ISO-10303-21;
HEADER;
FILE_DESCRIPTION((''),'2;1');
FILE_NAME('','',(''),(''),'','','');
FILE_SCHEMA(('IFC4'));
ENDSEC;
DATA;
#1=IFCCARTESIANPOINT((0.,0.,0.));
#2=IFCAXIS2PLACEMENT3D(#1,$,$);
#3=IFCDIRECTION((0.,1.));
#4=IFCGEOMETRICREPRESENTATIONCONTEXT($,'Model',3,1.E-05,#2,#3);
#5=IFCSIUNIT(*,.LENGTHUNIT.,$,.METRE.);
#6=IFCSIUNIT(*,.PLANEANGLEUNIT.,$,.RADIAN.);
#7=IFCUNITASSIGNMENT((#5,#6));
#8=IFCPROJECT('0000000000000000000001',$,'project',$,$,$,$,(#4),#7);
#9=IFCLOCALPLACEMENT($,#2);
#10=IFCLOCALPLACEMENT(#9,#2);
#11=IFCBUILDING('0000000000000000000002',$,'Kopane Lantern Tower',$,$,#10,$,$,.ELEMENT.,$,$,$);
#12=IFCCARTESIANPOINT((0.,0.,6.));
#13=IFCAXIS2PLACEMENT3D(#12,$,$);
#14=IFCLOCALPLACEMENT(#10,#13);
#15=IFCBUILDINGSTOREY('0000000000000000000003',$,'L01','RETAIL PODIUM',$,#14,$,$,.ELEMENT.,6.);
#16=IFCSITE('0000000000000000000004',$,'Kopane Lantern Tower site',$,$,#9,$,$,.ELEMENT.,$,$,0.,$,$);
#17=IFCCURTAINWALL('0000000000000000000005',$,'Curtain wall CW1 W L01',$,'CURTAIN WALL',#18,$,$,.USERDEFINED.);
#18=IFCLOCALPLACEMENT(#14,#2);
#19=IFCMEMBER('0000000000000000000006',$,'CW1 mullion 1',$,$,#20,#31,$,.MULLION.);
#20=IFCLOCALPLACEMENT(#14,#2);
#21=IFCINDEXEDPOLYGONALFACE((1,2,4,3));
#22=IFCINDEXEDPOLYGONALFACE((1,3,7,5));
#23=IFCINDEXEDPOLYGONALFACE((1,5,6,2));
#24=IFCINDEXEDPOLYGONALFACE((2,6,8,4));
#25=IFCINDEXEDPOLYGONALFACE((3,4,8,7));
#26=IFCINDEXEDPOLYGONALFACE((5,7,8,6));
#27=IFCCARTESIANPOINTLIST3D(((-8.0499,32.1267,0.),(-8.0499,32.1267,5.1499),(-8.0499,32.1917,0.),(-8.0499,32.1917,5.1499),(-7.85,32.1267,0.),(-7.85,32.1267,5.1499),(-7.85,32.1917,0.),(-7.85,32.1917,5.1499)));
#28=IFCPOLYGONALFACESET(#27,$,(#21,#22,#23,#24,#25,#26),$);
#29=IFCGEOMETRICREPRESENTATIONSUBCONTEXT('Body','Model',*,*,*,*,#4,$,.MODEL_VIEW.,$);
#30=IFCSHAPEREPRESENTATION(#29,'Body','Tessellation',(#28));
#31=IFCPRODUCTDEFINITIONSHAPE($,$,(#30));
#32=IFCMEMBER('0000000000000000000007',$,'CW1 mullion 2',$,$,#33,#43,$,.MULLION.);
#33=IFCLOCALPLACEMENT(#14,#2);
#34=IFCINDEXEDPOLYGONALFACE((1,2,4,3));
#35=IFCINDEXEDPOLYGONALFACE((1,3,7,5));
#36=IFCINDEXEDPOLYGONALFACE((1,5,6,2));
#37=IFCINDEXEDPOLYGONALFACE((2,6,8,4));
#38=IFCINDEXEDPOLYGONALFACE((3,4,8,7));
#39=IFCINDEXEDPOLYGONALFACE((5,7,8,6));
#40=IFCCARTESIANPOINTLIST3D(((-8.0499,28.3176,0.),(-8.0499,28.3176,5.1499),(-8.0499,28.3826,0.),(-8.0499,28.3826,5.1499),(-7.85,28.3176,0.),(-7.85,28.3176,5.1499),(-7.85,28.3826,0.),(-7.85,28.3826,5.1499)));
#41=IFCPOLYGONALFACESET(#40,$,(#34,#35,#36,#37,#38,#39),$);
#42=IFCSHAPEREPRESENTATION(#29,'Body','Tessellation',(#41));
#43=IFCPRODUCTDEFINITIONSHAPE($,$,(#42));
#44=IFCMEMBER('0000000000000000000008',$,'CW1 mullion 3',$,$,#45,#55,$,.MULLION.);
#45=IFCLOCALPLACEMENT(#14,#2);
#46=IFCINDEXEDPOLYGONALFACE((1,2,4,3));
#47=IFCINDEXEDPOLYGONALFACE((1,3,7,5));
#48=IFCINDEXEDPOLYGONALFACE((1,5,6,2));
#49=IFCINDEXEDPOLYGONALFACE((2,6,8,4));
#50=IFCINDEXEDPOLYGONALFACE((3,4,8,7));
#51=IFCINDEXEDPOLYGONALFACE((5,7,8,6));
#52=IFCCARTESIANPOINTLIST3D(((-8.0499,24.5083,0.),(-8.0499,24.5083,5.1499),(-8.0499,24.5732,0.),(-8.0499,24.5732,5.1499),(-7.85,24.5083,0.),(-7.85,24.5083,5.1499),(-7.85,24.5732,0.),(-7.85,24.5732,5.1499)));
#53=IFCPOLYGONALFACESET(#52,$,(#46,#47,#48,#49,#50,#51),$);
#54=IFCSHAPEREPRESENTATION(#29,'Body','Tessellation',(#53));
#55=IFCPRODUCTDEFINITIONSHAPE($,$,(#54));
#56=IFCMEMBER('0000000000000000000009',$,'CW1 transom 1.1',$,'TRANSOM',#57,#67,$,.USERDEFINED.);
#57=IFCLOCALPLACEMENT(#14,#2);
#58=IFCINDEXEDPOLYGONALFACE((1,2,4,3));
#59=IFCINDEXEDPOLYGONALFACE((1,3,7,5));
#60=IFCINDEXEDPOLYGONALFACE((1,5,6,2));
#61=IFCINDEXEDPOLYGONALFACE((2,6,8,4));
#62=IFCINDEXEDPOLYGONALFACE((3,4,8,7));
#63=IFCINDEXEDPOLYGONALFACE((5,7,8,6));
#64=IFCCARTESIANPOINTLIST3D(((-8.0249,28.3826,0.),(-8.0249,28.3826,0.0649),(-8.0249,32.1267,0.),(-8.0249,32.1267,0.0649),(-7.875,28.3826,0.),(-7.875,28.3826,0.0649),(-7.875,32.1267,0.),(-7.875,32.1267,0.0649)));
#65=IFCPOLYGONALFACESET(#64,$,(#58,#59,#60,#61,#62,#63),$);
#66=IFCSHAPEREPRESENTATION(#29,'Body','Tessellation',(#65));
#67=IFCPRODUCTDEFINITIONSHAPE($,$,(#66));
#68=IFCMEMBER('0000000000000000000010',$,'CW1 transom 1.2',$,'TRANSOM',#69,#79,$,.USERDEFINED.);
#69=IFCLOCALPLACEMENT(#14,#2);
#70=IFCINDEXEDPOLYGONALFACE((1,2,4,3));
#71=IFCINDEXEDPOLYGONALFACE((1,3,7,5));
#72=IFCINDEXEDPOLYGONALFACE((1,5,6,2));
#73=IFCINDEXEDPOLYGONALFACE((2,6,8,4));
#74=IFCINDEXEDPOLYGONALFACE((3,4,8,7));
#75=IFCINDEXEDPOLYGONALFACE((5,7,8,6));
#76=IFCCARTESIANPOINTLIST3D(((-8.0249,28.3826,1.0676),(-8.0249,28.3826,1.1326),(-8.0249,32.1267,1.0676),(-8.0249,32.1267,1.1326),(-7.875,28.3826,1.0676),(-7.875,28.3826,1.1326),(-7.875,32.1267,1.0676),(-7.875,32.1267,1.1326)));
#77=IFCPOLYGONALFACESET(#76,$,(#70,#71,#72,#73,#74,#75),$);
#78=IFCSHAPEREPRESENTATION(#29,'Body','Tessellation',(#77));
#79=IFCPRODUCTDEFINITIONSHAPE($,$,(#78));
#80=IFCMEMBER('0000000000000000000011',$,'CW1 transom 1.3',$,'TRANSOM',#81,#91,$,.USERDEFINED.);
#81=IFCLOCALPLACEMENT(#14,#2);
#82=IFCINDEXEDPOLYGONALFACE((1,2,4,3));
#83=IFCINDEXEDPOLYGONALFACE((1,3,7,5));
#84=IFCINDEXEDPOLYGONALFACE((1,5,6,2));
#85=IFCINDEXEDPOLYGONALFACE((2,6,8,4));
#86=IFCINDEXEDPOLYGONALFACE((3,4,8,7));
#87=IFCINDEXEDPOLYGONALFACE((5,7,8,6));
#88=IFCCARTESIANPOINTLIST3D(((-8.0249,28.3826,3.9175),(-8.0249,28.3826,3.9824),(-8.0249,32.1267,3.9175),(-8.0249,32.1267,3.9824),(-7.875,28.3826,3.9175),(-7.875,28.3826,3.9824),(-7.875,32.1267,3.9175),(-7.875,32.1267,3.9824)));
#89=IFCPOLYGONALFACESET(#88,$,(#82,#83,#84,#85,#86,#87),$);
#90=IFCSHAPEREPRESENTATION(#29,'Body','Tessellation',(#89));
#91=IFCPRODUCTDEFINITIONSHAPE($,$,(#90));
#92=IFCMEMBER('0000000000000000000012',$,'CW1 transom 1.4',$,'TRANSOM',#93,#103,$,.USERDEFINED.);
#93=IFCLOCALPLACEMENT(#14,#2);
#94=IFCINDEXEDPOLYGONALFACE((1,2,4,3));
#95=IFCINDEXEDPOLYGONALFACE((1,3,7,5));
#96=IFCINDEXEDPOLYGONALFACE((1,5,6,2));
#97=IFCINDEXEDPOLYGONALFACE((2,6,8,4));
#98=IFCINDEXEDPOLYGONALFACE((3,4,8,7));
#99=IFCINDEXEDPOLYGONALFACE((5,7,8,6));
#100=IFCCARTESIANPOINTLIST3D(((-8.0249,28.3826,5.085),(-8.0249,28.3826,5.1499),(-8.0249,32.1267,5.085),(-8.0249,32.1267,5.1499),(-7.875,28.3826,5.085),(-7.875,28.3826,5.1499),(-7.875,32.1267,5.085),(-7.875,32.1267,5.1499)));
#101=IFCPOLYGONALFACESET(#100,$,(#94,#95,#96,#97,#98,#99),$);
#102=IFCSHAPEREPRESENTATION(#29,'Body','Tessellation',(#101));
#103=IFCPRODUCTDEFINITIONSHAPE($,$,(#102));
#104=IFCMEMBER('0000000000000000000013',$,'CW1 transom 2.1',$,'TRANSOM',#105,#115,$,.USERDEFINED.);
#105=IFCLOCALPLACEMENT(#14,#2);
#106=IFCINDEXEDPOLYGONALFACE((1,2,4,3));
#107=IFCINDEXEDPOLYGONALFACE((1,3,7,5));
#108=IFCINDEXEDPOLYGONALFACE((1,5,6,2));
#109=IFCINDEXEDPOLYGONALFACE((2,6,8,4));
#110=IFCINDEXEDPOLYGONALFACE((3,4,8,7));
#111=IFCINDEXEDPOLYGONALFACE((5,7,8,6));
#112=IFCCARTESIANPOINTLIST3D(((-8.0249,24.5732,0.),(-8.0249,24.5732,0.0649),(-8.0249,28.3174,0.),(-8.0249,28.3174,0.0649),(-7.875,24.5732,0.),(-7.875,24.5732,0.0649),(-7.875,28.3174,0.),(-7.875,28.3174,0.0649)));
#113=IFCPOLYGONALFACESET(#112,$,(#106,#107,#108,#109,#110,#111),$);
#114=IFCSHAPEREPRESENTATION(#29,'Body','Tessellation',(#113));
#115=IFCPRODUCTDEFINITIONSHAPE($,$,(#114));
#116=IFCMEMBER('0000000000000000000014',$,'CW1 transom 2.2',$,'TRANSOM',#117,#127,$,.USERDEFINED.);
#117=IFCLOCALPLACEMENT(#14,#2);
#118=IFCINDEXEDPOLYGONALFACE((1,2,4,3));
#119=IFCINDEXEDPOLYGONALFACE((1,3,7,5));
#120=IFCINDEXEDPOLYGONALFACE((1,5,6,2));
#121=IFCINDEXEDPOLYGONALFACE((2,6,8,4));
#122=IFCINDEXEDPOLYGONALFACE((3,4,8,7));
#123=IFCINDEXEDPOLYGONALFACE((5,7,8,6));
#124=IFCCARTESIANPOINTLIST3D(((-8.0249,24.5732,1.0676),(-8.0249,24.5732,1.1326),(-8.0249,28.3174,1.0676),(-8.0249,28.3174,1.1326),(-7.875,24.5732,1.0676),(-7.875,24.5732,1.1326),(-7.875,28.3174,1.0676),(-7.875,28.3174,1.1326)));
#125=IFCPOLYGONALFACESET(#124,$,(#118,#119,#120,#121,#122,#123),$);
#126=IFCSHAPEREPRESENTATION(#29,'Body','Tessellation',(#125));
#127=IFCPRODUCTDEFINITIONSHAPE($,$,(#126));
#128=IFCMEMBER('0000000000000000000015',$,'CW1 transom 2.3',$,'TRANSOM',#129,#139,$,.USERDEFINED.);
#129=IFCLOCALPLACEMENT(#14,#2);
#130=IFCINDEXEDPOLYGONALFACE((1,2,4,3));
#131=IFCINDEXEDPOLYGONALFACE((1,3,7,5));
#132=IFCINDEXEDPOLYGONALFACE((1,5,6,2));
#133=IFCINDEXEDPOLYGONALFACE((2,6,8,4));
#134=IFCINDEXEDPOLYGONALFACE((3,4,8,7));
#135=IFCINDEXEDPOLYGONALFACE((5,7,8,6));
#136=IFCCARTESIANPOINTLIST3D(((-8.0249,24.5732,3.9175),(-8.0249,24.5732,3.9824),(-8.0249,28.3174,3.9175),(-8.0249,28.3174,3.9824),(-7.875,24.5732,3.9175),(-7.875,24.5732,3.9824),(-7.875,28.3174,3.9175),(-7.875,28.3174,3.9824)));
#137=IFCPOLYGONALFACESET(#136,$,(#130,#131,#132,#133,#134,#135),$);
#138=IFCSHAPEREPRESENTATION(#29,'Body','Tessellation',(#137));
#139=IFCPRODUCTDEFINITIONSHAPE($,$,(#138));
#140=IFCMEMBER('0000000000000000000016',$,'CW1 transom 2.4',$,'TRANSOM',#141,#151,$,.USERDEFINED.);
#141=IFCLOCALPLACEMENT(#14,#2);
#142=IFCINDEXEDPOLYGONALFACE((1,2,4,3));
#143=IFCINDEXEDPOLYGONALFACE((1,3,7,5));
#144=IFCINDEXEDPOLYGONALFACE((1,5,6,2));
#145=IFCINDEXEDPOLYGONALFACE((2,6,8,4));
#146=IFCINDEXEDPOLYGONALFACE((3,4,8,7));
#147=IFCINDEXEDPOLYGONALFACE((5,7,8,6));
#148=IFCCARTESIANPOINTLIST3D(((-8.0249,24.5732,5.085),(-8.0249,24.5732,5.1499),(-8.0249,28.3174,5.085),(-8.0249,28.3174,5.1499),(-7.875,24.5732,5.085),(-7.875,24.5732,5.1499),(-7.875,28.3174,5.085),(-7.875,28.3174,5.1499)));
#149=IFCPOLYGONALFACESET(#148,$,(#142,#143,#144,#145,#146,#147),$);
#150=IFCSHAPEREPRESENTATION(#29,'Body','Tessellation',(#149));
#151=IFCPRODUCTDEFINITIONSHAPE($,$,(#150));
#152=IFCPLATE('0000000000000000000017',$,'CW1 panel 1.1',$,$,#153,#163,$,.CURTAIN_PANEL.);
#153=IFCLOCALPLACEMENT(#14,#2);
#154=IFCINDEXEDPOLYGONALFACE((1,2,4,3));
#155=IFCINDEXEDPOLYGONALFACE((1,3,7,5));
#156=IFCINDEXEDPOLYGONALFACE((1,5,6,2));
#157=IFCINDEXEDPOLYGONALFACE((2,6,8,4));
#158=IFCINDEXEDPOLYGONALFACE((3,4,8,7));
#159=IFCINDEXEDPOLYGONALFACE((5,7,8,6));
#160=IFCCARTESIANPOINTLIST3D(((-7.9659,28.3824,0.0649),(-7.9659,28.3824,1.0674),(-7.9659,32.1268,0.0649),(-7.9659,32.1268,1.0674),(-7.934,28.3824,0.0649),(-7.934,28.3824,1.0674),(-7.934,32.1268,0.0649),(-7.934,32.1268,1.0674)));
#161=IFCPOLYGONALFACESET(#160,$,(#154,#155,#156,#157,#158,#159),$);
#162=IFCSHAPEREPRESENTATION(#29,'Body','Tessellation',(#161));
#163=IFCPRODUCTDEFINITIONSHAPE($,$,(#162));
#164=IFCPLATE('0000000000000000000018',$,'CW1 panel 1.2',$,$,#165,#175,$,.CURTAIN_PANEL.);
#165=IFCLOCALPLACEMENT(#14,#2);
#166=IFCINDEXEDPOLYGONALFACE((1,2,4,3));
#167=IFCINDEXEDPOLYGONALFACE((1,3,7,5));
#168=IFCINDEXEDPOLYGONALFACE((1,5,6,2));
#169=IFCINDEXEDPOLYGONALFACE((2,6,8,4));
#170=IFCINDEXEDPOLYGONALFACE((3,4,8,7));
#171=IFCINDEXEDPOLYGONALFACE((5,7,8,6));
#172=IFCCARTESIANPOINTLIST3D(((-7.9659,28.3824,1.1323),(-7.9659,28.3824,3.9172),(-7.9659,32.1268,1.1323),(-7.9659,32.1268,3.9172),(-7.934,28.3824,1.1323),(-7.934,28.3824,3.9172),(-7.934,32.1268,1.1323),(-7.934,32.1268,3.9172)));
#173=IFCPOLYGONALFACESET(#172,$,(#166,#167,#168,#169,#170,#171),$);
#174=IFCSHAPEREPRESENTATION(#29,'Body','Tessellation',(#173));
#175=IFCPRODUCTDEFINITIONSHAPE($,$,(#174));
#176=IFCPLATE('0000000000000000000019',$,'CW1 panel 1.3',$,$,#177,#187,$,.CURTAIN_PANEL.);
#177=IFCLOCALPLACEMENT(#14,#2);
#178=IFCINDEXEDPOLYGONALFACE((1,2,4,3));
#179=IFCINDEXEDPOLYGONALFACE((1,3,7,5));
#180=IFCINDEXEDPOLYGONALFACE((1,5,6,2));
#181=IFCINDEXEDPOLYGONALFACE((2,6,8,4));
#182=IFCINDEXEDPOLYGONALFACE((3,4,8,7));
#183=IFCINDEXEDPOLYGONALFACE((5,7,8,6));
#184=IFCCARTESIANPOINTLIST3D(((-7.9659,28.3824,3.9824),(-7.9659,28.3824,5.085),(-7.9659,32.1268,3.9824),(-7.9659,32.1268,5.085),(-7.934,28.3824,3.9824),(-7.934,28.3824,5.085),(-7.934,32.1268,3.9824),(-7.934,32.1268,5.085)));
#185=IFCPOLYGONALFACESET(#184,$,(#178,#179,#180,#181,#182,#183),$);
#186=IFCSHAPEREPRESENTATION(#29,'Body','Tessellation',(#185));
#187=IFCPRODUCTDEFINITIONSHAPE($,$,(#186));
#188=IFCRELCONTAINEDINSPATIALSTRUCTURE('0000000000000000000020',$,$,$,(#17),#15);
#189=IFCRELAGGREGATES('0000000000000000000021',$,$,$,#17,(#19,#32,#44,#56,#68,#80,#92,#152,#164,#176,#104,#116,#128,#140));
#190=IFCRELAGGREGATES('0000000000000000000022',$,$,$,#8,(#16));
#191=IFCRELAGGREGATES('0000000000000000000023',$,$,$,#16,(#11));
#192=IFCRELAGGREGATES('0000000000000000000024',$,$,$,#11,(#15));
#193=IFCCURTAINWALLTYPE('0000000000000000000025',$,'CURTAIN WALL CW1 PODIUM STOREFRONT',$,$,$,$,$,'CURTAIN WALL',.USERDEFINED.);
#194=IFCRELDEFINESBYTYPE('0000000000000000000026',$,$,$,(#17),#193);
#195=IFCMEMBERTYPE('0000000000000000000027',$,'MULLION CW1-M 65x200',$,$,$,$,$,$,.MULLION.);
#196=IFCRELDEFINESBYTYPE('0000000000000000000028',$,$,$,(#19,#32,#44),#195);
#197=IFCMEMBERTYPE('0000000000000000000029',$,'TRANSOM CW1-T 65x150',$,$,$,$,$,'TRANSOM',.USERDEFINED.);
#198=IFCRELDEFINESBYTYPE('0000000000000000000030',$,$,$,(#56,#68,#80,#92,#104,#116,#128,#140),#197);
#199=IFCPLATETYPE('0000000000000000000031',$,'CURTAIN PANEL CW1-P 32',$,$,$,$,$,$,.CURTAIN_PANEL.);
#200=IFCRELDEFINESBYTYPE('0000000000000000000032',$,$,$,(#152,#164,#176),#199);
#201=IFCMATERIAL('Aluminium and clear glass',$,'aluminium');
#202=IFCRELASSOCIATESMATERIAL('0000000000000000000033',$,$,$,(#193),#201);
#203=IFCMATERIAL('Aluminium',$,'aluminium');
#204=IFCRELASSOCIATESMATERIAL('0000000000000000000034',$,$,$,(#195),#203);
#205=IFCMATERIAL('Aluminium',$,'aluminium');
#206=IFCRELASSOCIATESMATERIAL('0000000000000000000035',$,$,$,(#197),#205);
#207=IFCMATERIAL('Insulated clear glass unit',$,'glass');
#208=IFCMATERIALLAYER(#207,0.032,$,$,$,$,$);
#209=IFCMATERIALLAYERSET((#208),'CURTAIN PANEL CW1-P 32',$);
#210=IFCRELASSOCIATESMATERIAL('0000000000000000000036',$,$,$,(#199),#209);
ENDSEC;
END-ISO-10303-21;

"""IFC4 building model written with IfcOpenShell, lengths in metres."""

from ifc_helpers import new_model, si_unit, direction, frame, origin, origin_2d, place, context, subcontext, project, spatial, rectangle, extrude, material, layer, layer_set, material_profile, profile_set, type_object, element, aggregate, save


model = new_model("IFC4")

# Units and contexts
model_context = context("Model", 3, precision=1e-05, world=origin(), true_north=direction((0.0, 1.0)))
body_context = subcontext(model_context, "Body", "Model", "MODEL_VIEW")
ifc_project = project(units=[si_unit("LENGTHUNIT", "METRE"), si_unit("PLANEANGLEUNIT", "RADIAN")], contexts=[model_context])

# Site, building, storey
site_placement = place(None, origin())
site = spatial("IfcSite", under=ifc_project, at=site_placement, Name="Kopane Lantern Tower site", CompositionType="ELEMENT", RefElevation=0.0)
building_placement = place(site_placement, origin())
building = spatial("IfcBuilding", under=site, at=building_placement, Name="Kopane Lantern Tower", CompositionType="ELEMENT")
storey_placement = place(building_placement, frame((0.0, 0.0, 6.0)))
storey = spatial("IfcBuildingStorey", under=building, at=storey_placement, Name="L01", Description="RETAIL PODIUM", CompositionType="ELEMENT", Elevation=6.0)

# Curtain wall, members, plates
ifc_material_1 = material(Name="Aluminium and clear glass", Category="aluminium")
curtain_wall_type = type_object("IfcCurtainWallType", Name="CURTAIN WALL CW1 PODIUM STOREFRONT", ElementType="CURTAIN WALL", PredefinedType="USERDEFINED", material=ifc_material_1)
curtain_wall_placement = place(storey_placement, origin())
curtain_wall = element("IfcCurtainWall", 1, at=curtain_wall_placement, inside=storey, type_object=curtain_wall_type, Name="Curtain wall CW1 W L01", ObjectType="CURTAIN WALL", PredefinedType="USERDEFINED")
ifc_material_2 = material(Name="Aluminium", Category="aluminium")
ifc_material_profile_1 = material_profile(ifc_material_2, rectangle(XDim=0.0649, YDim=0.2, at=origin_2d()), Name="AL 65x200")
ifc_profile_set_1 = profile_set([ifc_material_profile_1], Name="Aluminium")
member_type_1 = type_object("IfcMemberType", Name="MULLION CW1-M 65x200", PredefinedType="MULLION", material=ifc_profile_set_1)
member_1_placement = place(storey_placement, frame((-7.95, 32.1592, 0.0), z_axis=(0.0, 0.0, 1.0), x_axis=(0.0, -1.0, 0.0)))
member_1 = element("IfcMember", 2, at=member_1_placement, type_object=member_type_1, Name="CW1 mullion 1", PredefinedType="MULLION", context=body_context, shape_type="SweptSolid", body=[
    extrude(rectangle(XDim=0.0649, YDim=0.2, at=origin_2d()), origin(), (0.0, 0.0, 1.0), 5.1499),
])
member_2_placement = place(storey_placement, frame((-7.95, 28.3501, 0.0), z_axis=(0.0, 0.0, 1.0), x_axis=(0.0, -1.0, 0.0)))
member_2 = element("IfcMember", 3, at=member_2_placement, type_object=member_type_1, Name="CW1 mullion 2", PredefinedType="MULLION", context=body_context, shape_type="SweptSolid", body=[
    extrude(rectangle(XDim=0.0649, YDim=0.2, at=origin_2d()), origin(), (0.0, 0.0, 1.0), 5.1499),
])
member_3_placement = place(storey_placement, frame((-7.95, 24.5408, 0.0), z_axis=(0.0, 0.0, 1.0), x_axis=(0.0, -1.0, 0.0)))
member_3 = element("IfcMember", 4, at=member_3_placement, type_object=member_type_1, Name="CW1 mullion 3", PredefinedType="MULLION", context=body_context, shape_type="SweptSolid", body=[
    extrude(rectangle(XDim=0.0649, YDim=0.2, at=origin_2d()), origin(), (0.0, 0.0, 1.0), 5.1499),
])
ifc_material_3 = material(Name="Aluminium", Category="aluminium")
ifc_material_profile_2 = material_profile(ifc_material_3, rectangle(XDim=0.1499, YDim=0.0649, at=origin_2d()), Name="AL 150x65")
ifc_profile_set_2 = profile_set([ifc_material_profile_2], Name="Aluminium")
member_type_2 = type_object("IfcMemberType", Name="TRANSOM CW1-T 65x150", ElementType="TRANSOM", PredefinedType="USERDEFINED", material=ifc_profile_set_2)
member_4_placement = place(storey_placement, frame((-7.95, 32.1267, 0.0325), z_axis=(0.0, -1.0, 0.0), x_axis=(1.0, 0.0, 0.0)))
member_4 = element("IfcMember", 5, at=member_4_placement, type_object=member_type_2, Name="CW1 transom 1.1", ObjectType="TRANSOM", PredefinedType="USERDEFINED", context=body_context, shape_type="SweptSolid", body=[
    extrude(rectangle(XDim=0.1499, YDim=0.0649, at=origin_2d()), origin(), (0.0, 0.0, 1.0), 3.7441),
])
member_5_placement = place(storey_placement, frame((-7.95, 32.1267, 1.1001), z_axis=(0.0, -1.0, 0.0), x_axis=(1.0, 0.0, 0.0)))
member_5 = element("IfcMember", 6, at=member_5_placement, type_object=member_type_2, Name="CW1 transom 1.2", ObjectType="TRANSOM", PredefinedType="USERDEFINED", context=body_context, shape_type="SweptSolid", body=[
    extrude(rectangle(XDim=0.1499, YDim=0.0649, at=origin_2d()), origin(), (0.0, 0.0, 1.0), 3.7441),
])
member_6_placement = place(storey_placement, frame((-7.95, 32.1267, 3.95), z_axis=(0.0, -1.0, 0.0), x_axis=(1.0, 0.0, 0.0)))
member_6 = element("IfcMember", 7, at=member_6_placement, type_object=member_type_2, Name="CW1 transom 1.3", ObjectType="TRANSOM", PredefinedType="USERDEFINED", context=body_context, shape_type="SweptSolid", body=[
    extrude(rectangle(XDim=0.1499, YDim=0.0649, at=origin_2d()), origin(), (0.0, 0.0, 1.0), 3.7441),
])
member_7_placement = place(storey_placement, frame((-7.95, 32.1267, 5.1174), z_axis=(0.0, -1.0, 0.0), x_axis=(1.0, 0.0, 0.0)))
member_7 = element("IfcMember", 8, at=member_7_placement, type_object=member_type_2, Name="CW1 transom 1.4", ObjectType="TRANSOM", PredefinedType="USERDEFINED", context=body_context, shape_type="SweptSolid", body=[
    extrude(rectangle(XDim=0.1499, YDim=0.0649, at=origin_2d()), origin(), (0.0, 0.0, 1.0), 3.7441),
])
member_8_placement = place(storey_placement, frame((-7.95, 28.3174, 0.0325), z_axis=(0.0, -1.0, 0.0), x_axis=(1.0, 0.0, 0.0)))
member_8 = element("IfcMember", 9, at=member_8_placement, type_object=member_type_2, Name="CW1 transom 2.1", ObjectType="TRANSOM", PredefinedType="USERDEFINED", context=body_context, shape_type="SweptSolid", body=[
    extrude(rectangle(XDim=0.1499, YDim=0.0649, at=origin_2d()), origin(), (0.0, 0.0, 1.0), 3.7441),
])
member_9_placement = place(storey_placement, frame((-7.95, 28.3174, 1.1001), z_axis=(0.0, -1.0, 0.0), x_axis=(1.0, 0.0, 0.0)))
member_9 = element("IfcMember", 10, at=member_9_placement, type_object=member_type_2, Name="CW1 transom 2.2", ObjectType="TRANSOM", PredefinedType="USERDEFINED", context=body_context, shape_type="SweptSolid", body=[
    extrude(rectangle(XDim=0.1499, YDim=0.0649, at=origin_2d()), origin(), (0.0, 0.0, 1.0), 3.7441),
])
member_10_placement = place(storey_placement, frame((-7.95, 28.3174, 3.95), z_axis=(0.0, -1.0, 0.0), x_axis=(1.0, 0.0, 0.0)))
member_10 = element("IfcMember", 11, at=member_10_placement, type_object=member_type_2, Name="CW1 transom 2.3", ObjectType="TRANSOM", PredefinedType="USERDEFINED", context=body_context, shape_type="SweptSolid", body=[
    extrude(rectangle(XDim=0.1499, YDim=0.0649, at=origin_2d()), origin(), (0.0, 0.0, 1.0), 3.7441),
])
member_11_placement = place(storey_placement, frame((-7.95, 28.3174, 5.1174), z_axis=(0.0, -1.0, 0.0), x_axis=(1.0, 0.0, 0.0)))
member_11 = element("IfcMember", 12, at=member_11_placement, type_object=member_type_2, Name="CW1 transom 2.4", ObjectType="TRANSOM", PredefinedType="USERDEFINED", context=body_context, shape_type="SweptSolid", body=[
    extrude(rectangle(XDim=0.1499, YDim=0.0649, at=origin_2d()), origin(), (0.0, 0.0, 1.0), 3.7441),
])
ifc_material_4 = material(Name="Insulated clear glass unit", Category="glass")
ifc_layer_1 = layer(ifc_material_4, 0.032)
ifc_layer_set_1 = layer_set([ifc_layer_1], Name="CURTAIN PANEL CW1-P 32")
plate_type = type_object("IfcPlateType", Name="CURTAIN PANEL CW1-P 32", PredefinedType="CURTAIN_PANEL", material=ifc_layer_set_1)
plate_1_placement = place(storey_placement, frame((-7.95, 30.2546, 0.0649), z_axis=(0.0, 0.0, 1.0), x_axis=(0.0, -1.0, 0.0)))
plate_1 = element("IfcPlate", 13, at=plate_1_placement, type_object=plate_type, Name="CW1 panel 1.1", PredefinedType="CURTAIN_PANEL", context=body_context, shape_type="SweptSolid", body=[
    extrude(rectangle(XDim=3.7444, YDim=0.032, at=origin_2d()), origin(), (0.0, 0.0, 1.0), 1.0024),
])
plate_2_placement = place(storey_placement, frame((-7.95, 30.2546, 1.1323), z_axis=(0.0, 0.0, 1.0), x_axis=(0.0, -1.0, 0.0)))
plate_2 = element("IfcPlate", 14, at=plate_2_placement, type_object=plate_type, Name="CW1 panel 1.2", PredefinedType="CURTAIN_PANEL", context=body_context, shape_type="SweptSolid", body=[
    extrude(rectangle(XDim=3.7444, YDim=0.032, at=origin_2d()), origin(), (0.0, 0.0, 1.0), 2.7849),
])
plate_3_placement = place(storey_placement, frame((-7.95, 30.2546, 3.9824), z_axis=(0.0, 0.0, 1.0), x_axis=(0.0, -1.0, 0.0)))
plate_3 = element("IfcPlate", 15, at=plate_3_placement, type_object=plate_type, Name="CW1 panel 1.3", PredefinedType="CURTAIN_PANEL", context=body_context, shape_type="SweptSolid", body=[
    extrude(rectangle(XDim=3.7444, YDim=0.032, at=origin_2d()), origin(), (0.0, 0.0, 1.0), 1.1025),
])
aggregate(curtain_wall, [member_1, member_2, member_3, member_4, member_5, member_6, member_7, plate_1, plate_2, plate_3, member_8, member_9, member_10, member_11])

save(model, "model.ifc")
